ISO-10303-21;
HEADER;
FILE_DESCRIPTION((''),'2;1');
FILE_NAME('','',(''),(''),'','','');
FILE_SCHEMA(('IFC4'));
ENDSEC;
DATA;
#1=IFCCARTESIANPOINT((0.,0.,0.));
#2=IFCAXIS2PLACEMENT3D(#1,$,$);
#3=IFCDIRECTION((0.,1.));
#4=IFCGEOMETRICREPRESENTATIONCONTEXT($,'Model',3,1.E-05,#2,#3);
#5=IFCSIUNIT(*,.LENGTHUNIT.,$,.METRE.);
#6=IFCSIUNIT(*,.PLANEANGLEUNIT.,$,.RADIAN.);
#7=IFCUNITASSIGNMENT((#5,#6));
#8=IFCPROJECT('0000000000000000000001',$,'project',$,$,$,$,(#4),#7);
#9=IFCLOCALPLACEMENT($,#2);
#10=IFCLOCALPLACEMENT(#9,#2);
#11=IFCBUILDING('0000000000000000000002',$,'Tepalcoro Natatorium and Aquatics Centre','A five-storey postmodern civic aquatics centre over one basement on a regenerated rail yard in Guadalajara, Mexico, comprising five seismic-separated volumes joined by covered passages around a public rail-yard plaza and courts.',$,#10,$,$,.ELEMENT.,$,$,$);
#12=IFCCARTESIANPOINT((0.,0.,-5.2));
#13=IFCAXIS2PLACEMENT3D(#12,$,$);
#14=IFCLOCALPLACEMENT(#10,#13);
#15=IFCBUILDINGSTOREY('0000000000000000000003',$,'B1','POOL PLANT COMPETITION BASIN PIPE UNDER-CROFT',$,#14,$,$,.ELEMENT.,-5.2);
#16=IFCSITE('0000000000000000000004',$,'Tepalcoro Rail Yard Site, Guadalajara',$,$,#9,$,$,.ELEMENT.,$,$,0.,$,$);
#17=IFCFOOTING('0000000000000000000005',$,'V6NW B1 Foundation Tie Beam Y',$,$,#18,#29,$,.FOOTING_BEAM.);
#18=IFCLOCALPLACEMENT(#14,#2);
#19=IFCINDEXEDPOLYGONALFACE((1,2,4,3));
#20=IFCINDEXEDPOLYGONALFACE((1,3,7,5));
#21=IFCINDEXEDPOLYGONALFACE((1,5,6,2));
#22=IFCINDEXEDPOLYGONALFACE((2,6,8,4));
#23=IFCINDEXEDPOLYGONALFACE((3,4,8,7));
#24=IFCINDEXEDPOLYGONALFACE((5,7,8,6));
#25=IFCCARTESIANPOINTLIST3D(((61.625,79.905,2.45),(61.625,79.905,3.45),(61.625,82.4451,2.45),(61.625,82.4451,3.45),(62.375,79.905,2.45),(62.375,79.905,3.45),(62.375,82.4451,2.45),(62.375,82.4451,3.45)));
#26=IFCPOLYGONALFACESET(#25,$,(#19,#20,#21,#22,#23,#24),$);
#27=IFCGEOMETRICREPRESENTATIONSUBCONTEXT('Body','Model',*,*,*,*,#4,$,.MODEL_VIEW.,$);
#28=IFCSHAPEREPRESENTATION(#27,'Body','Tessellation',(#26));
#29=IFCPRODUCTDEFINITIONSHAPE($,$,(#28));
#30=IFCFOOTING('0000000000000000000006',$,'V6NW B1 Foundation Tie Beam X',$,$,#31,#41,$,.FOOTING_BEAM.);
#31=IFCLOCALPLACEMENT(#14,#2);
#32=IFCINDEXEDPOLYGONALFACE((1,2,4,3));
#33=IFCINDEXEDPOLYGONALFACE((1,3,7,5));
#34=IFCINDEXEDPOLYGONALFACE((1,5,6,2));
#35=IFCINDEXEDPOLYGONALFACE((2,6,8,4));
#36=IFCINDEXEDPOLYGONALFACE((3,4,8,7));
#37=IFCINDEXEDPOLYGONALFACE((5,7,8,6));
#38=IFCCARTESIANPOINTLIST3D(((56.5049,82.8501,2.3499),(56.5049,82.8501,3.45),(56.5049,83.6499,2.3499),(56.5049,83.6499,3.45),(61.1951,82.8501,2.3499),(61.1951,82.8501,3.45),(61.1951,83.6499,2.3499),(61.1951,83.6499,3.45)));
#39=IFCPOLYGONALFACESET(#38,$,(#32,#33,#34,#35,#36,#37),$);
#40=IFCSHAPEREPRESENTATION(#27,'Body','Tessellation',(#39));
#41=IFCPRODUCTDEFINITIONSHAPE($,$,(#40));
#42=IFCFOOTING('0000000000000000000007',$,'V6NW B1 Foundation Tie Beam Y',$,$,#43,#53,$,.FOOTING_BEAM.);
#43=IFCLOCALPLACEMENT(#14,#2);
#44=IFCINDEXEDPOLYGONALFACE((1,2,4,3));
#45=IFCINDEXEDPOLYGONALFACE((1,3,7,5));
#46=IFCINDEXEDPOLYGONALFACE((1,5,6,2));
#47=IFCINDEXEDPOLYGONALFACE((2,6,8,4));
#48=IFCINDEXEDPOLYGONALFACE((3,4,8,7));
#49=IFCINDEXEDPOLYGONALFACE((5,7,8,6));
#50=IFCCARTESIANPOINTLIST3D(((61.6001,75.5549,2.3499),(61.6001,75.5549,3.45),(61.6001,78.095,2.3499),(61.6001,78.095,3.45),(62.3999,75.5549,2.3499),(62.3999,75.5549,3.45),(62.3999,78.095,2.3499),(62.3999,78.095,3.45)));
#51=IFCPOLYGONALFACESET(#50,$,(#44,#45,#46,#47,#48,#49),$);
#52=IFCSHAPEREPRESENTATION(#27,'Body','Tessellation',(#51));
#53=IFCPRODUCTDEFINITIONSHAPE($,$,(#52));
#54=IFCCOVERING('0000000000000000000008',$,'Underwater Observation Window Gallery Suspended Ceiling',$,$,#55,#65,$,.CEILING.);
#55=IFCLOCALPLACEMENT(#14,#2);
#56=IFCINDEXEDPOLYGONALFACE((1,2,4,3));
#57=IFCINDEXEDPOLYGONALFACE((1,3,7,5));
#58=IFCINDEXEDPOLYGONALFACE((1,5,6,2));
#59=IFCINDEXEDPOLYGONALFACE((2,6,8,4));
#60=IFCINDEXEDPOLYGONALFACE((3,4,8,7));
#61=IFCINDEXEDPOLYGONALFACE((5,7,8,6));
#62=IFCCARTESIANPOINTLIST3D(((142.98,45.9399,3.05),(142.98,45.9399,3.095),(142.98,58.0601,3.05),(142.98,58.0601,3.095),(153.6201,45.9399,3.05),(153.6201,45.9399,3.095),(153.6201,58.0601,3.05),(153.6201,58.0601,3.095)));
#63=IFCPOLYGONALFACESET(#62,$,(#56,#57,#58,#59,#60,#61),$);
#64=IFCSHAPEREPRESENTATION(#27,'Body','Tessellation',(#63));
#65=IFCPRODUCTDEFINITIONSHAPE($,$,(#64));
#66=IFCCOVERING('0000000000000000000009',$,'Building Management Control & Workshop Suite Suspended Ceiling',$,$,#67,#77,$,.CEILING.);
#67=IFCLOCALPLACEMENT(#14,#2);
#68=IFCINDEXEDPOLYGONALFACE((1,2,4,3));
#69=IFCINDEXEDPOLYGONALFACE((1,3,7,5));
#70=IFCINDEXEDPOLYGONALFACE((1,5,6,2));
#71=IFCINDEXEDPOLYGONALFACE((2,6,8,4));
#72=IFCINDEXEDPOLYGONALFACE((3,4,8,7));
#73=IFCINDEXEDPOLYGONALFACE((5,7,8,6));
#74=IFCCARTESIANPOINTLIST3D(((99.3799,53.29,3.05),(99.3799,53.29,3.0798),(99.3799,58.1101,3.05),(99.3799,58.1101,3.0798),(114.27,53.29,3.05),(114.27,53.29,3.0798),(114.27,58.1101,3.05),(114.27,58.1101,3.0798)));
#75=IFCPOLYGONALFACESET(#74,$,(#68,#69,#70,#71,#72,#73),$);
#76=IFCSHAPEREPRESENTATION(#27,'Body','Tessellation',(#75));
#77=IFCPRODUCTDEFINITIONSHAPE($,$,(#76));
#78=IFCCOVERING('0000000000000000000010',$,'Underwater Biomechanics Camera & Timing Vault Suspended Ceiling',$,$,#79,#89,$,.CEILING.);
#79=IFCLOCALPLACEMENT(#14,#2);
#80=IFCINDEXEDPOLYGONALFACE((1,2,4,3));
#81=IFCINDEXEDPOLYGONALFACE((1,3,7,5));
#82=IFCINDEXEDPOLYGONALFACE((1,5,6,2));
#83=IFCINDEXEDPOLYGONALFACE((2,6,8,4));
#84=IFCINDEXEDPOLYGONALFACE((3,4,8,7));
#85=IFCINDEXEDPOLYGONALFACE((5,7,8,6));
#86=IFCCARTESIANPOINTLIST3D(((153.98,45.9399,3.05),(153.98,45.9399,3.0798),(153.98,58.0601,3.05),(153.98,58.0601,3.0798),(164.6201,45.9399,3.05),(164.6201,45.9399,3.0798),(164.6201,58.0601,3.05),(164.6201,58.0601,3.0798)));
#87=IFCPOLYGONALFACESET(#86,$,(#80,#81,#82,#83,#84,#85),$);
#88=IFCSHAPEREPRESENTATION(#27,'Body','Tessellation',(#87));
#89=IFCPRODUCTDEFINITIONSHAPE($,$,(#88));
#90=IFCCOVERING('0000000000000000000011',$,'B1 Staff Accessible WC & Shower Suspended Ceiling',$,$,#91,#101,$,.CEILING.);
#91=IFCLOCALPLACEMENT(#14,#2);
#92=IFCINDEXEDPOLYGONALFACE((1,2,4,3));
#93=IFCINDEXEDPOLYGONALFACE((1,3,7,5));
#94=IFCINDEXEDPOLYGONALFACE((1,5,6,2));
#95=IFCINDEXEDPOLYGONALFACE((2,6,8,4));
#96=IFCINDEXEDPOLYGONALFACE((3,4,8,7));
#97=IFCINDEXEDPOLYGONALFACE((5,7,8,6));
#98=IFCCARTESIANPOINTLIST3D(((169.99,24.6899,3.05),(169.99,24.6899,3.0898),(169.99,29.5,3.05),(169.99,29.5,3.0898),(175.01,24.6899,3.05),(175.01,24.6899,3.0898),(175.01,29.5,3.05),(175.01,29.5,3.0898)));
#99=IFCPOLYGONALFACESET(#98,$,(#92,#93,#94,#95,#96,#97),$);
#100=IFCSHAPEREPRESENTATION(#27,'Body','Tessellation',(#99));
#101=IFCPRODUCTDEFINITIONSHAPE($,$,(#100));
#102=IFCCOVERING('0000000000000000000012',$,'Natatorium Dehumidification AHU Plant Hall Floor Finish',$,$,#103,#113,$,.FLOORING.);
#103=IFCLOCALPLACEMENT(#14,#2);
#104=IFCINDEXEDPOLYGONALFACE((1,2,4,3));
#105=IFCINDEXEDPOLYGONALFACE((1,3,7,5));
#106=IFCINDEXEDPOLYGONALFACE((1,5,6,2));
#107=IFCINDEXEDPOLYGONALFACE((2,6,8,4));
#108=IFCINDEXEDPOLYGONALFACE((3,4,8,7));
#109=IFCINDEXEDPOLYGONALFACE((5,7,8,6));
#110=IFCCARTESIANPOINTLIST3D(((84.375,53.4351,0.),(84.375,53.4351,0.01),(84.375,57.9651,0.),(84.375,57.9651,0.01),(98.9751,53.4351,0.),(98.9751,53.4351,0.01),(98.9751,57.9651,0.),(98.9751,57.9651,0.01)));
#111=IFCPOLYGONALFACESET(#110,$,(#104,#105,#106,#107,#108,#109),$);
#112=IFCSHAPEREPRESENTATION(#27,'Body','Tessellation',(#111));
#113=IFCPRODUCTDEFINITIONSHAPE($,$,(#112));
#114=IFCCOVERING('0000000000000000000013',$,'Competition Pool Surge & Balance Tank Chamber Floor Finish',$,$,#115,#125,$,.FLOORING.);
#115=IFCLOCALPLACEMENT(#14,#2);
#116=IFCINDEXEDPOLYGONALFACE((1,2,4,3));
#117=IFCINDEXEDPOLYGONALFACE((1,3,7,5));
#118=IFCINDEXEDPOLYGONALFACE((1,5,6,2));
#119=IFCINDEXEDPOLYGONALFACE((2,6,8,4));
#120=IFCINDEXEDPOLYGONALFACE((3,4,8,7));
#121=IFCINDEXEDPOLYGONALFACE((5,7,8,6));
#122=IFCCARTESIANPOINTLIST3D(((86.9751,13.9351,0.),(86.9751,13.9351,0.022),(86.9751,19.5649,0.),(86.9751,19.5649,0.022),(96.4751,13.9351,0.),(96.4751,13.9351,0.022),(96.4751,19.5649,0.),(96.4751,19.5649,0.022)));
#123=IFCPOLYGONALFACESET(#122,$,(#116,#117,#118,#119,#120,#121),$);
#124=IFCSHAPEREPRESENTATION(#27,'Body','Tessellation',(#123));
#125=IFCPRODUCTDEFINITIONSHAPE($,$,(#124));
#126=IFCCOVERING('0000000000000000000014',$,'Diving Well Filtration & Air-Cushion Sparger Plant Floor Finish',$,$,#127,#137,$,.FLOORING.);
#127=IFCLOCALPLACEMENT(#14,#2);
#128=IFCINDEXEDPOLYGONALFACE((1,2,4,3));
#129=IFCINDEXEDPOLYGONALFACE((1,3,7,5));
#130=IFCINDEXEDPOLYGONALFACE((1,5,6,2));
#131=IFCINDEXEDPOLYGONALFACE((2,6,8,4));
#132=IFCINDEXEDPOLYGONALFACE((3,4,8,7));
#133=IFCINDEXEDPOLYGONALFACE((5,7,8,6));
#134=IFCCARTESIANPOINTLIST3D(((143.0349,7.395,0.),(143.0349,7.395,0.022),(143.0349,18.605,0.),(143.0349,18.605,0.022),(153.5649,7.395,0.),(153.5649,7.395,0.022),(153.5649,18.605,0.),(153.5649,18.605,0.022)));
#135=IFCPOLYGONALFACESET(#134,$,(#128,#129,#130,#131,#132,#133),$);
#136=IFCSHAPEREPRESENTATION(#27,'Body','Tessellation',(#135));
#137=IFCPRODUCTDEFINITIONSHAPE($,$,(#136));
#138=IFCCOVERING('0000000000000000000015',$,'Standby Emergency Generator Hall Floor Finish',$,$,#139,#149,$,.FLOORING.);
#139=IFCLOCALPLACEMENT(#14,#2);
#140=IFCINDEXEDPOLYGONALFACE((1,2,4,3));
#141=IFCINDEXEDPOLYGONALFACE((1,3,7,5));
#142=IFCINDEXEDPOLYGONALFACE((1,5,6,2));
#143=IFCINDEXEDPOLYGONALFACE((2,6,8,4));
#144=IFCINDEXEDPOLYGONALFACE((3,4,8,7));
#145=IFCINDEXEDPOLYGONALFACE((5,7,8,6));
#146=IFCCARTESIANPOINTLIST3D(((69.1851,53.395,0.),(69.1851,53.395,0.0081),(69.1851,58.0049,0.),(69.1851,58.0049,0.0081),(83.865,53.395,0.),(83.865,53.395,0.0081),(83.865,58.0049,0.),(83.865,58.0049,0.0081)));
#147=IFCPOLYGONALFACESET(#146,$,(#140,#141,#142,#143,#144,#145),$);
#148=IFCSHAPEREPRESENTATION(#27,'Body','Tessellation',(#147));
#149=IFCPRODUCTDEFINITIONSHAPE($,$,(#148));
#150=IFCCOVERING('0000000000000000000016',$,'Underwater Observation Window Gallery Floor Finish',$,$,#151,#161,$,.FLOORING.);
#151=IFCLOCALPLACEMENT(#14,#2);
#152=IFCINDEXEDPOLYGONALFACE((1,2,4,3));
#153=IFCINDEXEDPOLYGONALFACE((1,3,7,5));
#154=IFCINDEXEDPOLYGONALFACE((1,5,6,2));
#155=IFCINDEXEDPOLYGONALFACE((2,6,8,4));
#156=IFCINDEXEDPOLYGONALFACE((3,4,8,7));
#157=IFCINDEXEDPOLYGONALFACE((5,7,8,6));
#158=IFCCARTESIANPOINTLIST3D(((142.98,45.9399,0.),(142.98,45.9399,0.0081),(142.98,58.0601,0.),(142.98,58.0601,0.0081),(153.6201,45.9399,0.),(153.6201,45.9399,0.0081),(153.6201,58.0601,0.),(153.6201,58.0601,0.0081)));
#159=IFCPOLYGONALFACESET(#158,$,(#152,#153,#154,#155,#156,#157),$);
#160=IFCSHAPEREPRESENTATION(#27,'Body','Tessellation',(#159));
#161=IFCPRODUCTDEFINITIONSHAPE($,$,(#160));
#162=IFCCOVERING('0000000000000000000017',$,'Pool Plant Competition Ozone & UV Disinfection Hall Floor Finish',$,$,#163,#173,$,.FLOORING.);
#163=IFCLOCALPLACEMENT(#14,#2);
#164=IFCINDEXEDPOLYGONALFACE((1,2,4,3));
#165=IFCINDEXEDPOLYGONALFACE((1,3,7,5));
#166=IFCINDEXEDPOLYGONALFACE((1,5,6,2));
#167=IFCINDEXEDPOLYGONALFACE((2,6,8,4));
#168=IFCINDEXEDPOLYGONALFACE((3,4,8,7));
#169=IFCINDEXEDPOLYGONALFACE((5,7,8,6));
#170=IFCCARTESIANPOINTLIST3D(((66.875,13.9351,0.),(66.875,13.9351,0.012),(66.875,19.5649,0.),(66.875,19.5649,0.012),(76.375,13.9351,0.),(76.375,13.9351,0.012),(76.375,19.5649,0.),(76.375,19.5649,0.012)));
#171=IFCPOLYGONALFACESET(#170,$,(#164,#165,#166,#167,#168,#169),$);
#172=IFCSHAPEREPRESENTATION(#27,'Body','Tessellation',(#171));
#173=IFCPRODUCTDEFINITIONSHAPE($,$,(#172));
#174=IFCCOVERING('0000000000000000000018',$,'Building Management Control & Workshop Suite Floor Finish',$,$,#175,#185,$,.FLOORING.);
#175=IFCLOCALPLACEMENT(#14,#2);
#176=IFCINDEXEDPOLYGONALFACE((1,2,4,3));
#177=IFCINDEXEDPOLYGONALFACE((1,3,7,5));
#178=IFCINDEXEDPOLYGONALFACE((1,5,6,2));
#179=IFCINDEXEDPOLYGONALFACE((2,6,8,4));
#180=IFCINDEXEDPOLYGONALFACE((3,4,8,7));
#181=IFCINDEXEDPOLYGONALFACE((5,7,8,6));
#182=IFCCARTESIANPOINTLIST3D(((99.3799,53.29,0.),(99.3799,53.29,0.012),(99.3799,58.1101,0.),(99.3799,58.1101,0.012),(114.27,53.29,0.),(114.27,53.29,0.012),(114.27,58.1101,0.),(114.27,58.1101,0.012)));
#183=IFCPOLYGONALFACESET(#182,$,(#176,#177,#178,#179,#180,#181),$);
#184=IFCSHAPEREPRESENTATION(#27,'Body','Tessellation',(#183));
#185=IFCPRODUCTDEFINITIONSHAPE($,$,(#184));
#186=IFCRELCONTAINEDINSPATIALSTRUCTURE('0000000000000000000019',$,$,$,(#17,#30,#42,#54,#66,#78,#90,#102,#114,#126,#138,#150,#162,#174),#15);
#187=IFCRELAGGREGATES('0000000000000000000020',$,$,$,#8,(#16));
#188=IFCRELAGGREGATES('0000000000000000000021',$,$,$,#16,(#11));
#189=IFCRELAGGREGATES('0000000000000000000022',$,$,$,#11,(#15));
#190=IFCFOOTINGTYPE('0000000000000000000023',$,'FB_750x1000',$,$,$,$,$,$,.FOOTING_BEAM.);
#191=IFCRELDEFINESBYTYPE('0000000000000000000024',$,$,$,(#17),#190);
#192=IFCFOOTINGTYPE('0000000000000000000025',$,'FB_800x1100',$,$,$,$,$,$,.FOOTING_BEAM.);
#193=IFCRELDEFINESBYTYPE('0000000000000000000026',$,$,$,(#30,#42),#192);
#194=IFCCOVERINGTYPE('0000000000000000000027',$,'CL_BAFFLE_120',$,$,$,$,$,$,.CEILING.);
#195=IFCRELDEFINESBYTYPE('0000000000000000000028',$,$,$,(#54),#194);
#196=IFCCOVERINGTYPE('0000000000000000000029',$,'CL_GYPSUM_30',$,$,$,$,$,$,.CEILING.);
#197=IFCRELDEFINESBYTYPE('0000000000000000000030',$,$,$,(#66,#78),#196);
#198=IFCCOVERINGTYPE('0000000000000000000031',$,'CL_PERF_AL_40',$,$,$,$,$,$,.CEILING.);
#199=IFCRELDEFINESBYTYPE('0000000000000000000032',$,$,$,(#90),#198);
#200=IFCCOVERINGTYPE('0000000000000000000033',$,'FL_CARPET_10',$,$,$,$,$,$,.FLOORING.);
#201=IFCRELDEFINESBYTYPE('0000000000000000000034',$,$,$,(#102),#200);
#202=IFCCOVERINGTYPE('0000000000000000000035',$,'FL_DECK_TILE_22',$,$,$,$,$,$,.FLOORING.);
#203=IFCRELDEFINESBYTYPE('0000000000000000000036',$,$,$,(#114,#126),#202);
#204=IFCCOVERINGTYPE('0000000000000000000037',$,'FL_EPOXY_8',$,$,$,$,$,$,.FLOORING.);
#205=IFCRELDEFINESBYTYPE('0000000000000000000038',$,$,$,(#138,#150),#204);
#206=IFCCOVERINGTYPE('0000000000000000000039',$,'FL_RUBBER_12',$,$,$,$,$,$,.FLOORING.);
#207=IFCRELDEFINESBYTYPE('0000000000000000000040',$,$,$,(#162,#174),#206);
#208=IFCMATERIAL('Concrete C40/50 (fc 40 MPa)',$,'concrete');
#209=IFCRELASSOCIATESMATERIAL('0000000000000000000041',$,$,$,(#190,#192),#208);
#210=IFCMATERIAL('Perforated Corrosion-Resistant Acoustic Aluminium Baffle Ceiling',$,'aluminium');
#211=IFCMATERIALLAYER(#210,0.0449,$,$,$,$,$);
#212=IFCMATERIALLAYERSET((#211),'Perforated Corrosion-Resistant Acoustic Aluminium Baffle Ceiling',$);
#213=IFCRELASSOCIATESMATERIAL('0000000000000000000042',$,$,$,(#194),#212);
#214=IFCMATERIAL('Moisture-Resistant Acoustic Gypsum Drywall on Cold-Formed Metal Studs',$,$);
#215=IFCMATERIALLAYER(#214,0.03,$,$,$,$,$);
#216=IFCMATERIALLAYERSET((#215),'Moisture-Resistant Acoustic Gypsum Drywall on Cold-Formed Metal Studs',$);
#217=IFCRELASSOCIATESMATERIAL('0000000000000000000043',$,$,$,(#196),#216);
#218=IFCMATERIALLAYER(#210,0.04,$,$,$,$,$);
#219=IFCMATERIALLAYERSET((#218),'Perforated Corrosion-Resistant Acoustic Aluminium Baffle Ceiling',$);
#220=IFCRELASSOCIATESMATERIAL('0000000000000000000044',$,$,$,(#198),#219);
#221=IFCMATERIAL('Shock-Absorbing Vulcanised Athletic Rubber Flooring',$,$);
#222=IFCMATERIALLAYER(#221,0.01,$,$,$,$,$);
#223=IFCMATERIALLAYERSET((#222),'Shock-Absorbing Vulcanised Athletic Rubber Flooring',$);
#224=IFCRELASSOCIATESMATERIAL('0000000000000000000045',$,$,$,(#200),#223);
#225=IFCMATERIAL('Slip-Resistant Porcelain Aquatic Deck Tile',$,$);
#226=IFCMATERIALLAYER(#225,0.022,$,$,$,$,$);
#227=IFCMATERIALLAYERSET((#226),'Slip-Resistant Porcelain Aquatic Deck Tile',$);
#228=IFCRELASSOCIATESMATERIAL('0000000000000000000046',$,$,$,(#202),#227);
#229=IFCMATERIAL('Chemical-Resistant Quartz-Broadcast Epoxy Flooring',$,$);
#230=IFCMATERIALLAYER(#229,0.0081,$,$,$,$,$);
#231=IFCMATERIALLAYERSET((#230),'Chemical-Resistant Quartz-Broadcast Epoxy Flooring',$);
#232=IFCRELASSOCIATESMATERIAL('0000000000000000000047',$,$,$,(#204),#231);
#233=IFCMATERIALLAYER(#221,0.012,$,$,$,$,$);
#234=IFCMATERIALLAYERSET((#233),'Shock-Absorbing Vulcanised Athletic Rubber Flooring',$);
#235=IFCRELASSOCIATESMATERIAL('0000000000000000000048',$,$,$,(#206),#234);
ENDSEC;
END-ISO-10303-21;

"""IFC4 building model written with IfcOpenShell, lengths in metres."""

from ifc_helpers import new_model, si_unit, direction, frame, origin, place, context, subcontext, project, spatial, polyline, outline, extrude, material, layer, layer_set, type_object, element, save


model = new_model("IFC4")

# Units and contexts
model_context = context("Model", 3, precision=1e-05, world=origin(), true_north=direction((0.0, 1.0)))
body_context = subcontext(model_context, "Body", "Model", "MODEL_VIEW")
ifc_project = project(units=[si_unit("LENGTHUNIT", "METRE"), si_unit("PLANEANGLEUNIT", "RADIAN")], contexts=[model_context])

# Site, building, storey
site_placement = place(None, origin())
site = spatial("IfcSite", under=ifc_project, at=site_placement, Name="Tepalcoro Rail Yard Site, Guadalajara", CompositionType="ELEMENT", RefElevation=0.0)
building_placement = place(site_placement, origin())
building = spatial("IfcBuilding", under=site, at=building_placement, Name="Tepalcoro Natatorium and Aquatics Centre", Description="A five-storey postmodern civic aquatics centre over one basement on a regenerated rail yard in Guadalajara, Mexico, comprising five seismic-separated volumes joined by covered passages around a public rail-yard plaza and courts.", CompositionType="ELEMENT")
storey_placement = place(building_placement, frame((0.0, 0.0, -5.2)))
storey = spatial("IfcBuildingStorey", under=building, at=storey_placement, Name="B1", Description="POOL PLANT COMPETITION BASIN PIPE UNDER-CROFT", CompositionType="ELEMENT", Elevation=-5.2)

# Footings
ifc_material_1 = material(Name="Concrete C40/50 (fc 40 MPa)", Category="concrete")
footing_type_1 = type_object("IfcFootingType", Name="FB_750x1000", PredefinedType="FOOTING_BEAM", material=ifc_material_1)
footing_1_placement = place(storey_placement, frame((0.0, 0.0, 2.45)))
element("IfcFooting", 1, at=footing_1_placement, inside=storey, type_object=footing_type_1, Name="V6NW B1 Foundation Tie Beam Y", PredefinedType="FOOTING_BEAM", context=body_context, shape_type="SweptSolid", body=[
    extrude(outline(polyline([(62.375, 79.905), (62.375, 82.4451), (61.625, 82.4451), (61.625, 79.905), (62.375, 79.905)])), origin(), (0.0, 0.0, 1.0), 1.0),
])
footing_type_2 = type_object("IfcFootingType", Name="FB_800x1100", PredefinedType="FOOTING_BEAM", material=ifc_material_1)
footing_2_placement = place(storey_placement, frame((0.0, 0.0, 2.3499)))
element("IfcFooting", 2, at=footing_2_placement, inside=storey, type_object=footing_type_2, Name="V6NW B1 Foundation Tie Beam X", PredefinedType="FOOTING_BEAM", context=body_context, shape_type="SweptSolid", body=[
    extrude(outline(polyline([(56.5049, 82.8501), (61.1951, 82.8501), (61.1951, 83.6499), (56.5049, 83.6499), (56.5049, 82.8501)])), origin(), (0.0, 0.0, 1.0), 1.1001),
])
footing_3_placement = place(storey_placement, frame((0.0, 0.0, 2.3499)))
element("IfcFooting", 3, at=footing_3_placement, inside=storey, type_object=footing_type_2, Name="V6NW B1 Foundation Tie Beam Y", PredefinedType="FOOTING_BEAM", context=body_context, shape_type="SweptSolid", body=[
    extrude(outline(polyline([(62.3999, 75.5549), (62.3999, 78.095), (61.6001, 78.095), (61.6001, 75.5549), (62.3999, 75.5549)])), origin(), (0.0, 0.0, 1.0), 1.1001),
])

# Coverings
ifc_material_2 = material(Name="Perforated Corrosion-Resistant Acoustic Aluminium Baffle Ceiling", Category="aluminium")
ifc_layer_1 = layer(ifc_material_2, 0.0449)
ifc_layer_set_1 = layer_set([ifc_layer_1], Name="Perforated Corrosion-Resistant Acoustic Aluminium Baffle Ceiling")
covering_type_1 = type_object("IfcCoveringType", Name="CL_BAFFLE_120", PredefinedType="CEILING", material=ifc_layer_set_1)
covering_1_placement = place(storey_placement, frame((0.0, 0.0, 3.05)))
element("IfcCovering", 4, at=covering_1_placement, inside=storey, type_object=covering_type_1, Name="Underwater Observation Window Gallery Suspended Ceiling", PredefinedType="CEILING", context=body_context, shape_type="SweptSolid", body=[
    extrude(outline(polyline([(142.98, 45.9399), (142.98, 58.0601), (153.6201, 58.0601), (153.6201, 45.9399), (142.98, 45.9399)])), origin(), (0.0, 0.0, 1.0), 0.0449),
])
ifc_material_3 = material(Name="Moisture-Resistant Acoustic Gypsum Drywall on Cold-Formed Metal Studs")
ifc_layer_2 = layer(ifc_material_3, 0.03)
ifc_layer_set_2 = layer_set([ifc_layer_2], Name="Moisture-Resistant Acoustic Gypsum Drywall on Cold-Formed Metal Studs")
covering_type_2 = type_object("IfcCoveringType", Name="CL_GYPSUM_30", PredefinedType="CEILING", material=ifc_layer_set_2)
covering_2_placement = place(storey_placement, frame((0.0, 0.0, 3.05)))
element("IfcCovering", 5, at=covering_2_placement, inside=storey, type_object=covering_type_2, Name="Building Management Control & Workshop Suite Suspended Ceiling", PredefinedType="CEILING", context=body_context, shape_type="SweptSolid", body=[
    extrude(outline(polyline([(99.3799, 53.29), (99.3799, 58.1101), (114.27, 58.1101), (114.27, 53.29), (99.3799, 53.29)])), origin(), (0.0, 0.0, 1.0), 0.0298),
])
covering_3_placement = place(storey_placement, frame((0.0, 0.0, 3.05)))
element("IfcCovering", 6, at=covering_3_placement, inside=storey, type_object=covering_type_2, Name="Underwater Biomechanics Camera & Timing Vault Suspended Ceiling", PredefinedType="CEILING", context=body_context, shape_type="SweptSolid", body=[
    extrude(outline(polyline([(153.98, 45.9399), (153.98, 58.0601), (164.6201, 58.0601), (164.6201, 45.9399), (153.98, 45.9399)])), origin(), (0.0, 0.0, 1.0), 0.0298),
])
ifc_layer_3 = layer(ifc_material_2, 0.04)
ifc_layer_set_3 = layer_set([ifc_layer_3], Name="Perforated Corrosion-Resistant Acoustic Aluminium Baffle Ceiling")
covering_type_3 = type_object("IfcCoveringType", Name="CL_PERF_AL_40", PredefinedType="CEILING", material=ifc_layer_set_3)
covering_4_placement = place(storey_placement, frame((0.0, 0.0, 3.05)))
element("IfcCovering", 7, at=covering_4_placement, inside=storey, type_object=covering_type_3, Name="B1 Staff Accessible WC & Shower Suspended Ceiling", PredefinedType="CEILING", context=body_context, shape_type="SweptSolid", body=[
    extrude(outline(polyline([(175.01, 24.6899), (169.99, 24.6899), (169.99, 29.5), (175.01, 29.5), (175.01, 24.6899)])), origin(), (0.0, 0.0, 1.0), 0.0398),
])
ifc_material_4 = material(Name="Shock-Absorbing Vulcanised Athletic Rubber Flooring")
ifc_layer_4 = layer(ifc_material_4, 0.01)
ifc_layer_set_4 = layer_set([ifc_layer_4], Name="Shock-Absorbing Vulcanised Athletic Rubber Flooring")
covering_type_4 = type_object("IfcCoveringType", Name="FL_CARPET_10", PredefinedType="FLOORING", material=ifc_layer_set_4)
covering_5_placement = place(storey_placement, origin())
element("IfcCovering", 8, at=covering_5_placement, inside=storey, type_object=covering_type_4, Name="Natatorium Dehumidification AHU Plant Hall Floor Finish", PredefinedType="FLOORING", context=body_context, shape_type="SweptSolid", body=[
    extrude(outline(polyline([(84.375, 53.4351), (84.375, 57.9651), (98.9751, 57.9651), (98.9751, 53.4351), (84.375, 53.4351)])), origin(), (0.0, 0.0, 1.0), 0.01),
])
ifc_material_5 = material(Name="Slip-Resistant Porcelain Aquatic Deck Tile")
ifc_layer_5 = layer(ifc_material_5, 0.022)
ifc_layer_set_5 = layer_set([ifc_layer_5], Name="Slip-Resistant Porcelain Aquatic Deck Tile")
covering_type_5 = type_object("IfcCoveringType", Name="FL_DECK_TILE_22", PredefinedType="FLOORING", material=ifc_layer_set_5)
covering_6_placement = place(storey_placement, origin())
element("IfcCovering", 9, at=covering_6_placement, inside=storey, type_object=covering_type_5, Name="Competition Pool Surge & Balance Tank Chamber Floor Finish", PredefinedType="FLOORING", context=body_context, shape_type="SweptSolid", body=[
    extrude(outline(polyline([(86.9751, 13.9351), (86.9751, 19.5649), (96.4751, 19.5649), (96.4751, 13.9351), (86.9751, 13.9351)])), origin(), (0.0, 0.0, 1.0), 0.022),
])
covering_7_placement = place(storey_placement, origin())
element("IfcCovering", 10, at=covering_7_placement, inside=storey, type_object=covering_type_5, Name="Diving Well Filtration & Air-Cushion Sparger Plant Floor Finish", PredefinedType="FLOORING", context=body_context, shape_type="SweptSolid", body=[
    extrude(outline(polyline([(143.0349, 7.395), (143.0349, 18.605), (153.5649, 18.605), (153.5649, 7.395), (143.0349, 7.395)])), origin(), (0.0, 0.0, 1.0), 0.022),
])
ifc_material_6 = material(Name="Chemical-Resistant Quartz-Broadcast Epoxy Flooring")
ifc_layer_6 = layer(ifc_material_6, 0.0081)
ifc_layer_set_6 = layer_set([ifc_layer_6], Name="Chemical-Resistant Quartz-Broadcast Epoxy Flooring")
covering_type_6 = type_object("IfcCoveringType", Name="FL_EPOXY_8", PredefinedType="FLOORING", material=ifc_layer_set_6)
covering_8_placement = place(storey_placement, origin())
element("IfcCovering", 11, at=covering_8_placement, inside=storey, type_object=covering_type_6, Name="Standby Emergency Generator Hall Floor Finish", PredefinedType="FLOORING", context=body_context, shape_type="SweptSolid", body=[
    extrude(outline(polyline([(69.1851, 53.395), (69.1851, 58.0049), (83.865, 58.0049), (83.865, 53.395), (69.1851, 53.395)])), origin(), (0.0, 0.0, 1.0), 0.0081),
])
covering_9_placement = place(storey_placement, origin())
element("IfcCovering", 12, at=covering_9_placement, inside=storey, type_object=covering_type_6, Name="Underwater Observation Window Gallery Floor Finish", PredefinedType="FLOORING", context=body_context, shape_type="SweptSolid", body=[
    extrude(outline(polyline([(142.98, 45.9399), (142.98, 58.0601), (153.6201, 58.0601), (153.6201, 45.9399), (142.98, 45.9399)])), origin(), (0.0, 0.0, 1.0), 0.0081),
])
ifc_layer_7 = layer(ifc_material_4, 0.012)
ifc_layer_set_7 = layer_set([ifc_layer_7], Name="Shock-Absorbing Vulcanised Athletic Rubber Flooring")
covering_type_7 = type_object("IfcCoveringType", Name="FL_RUBBER_12", PredefinedType="FLOORING", material=ifc_layer_set_7)
covering_10_placement = place(storey_placement, origin())
element("IfcCovering", 13, at=covering_10_placement, inside=storey, type_object=covering_type_7, Name="Pool Plant Competition Ozone & UV Disinfection Hall Floor Finish", PredefinedType="FLOORING", context=body_context, shape_type="SweptSolid", body=[
    extrude(outline(polyline([(66.875, 13.9351), (66.875, 19.5649), (76.375, 19.5649), (76.375, 13.9351), (66.875, 13.9351)])), origin(), (0.0, 0.0, 1.0), 0.012),
])
covering_11_placement = place(storey_placement, origin())
element("IfcCovering", 14, at=covering_11_placement, inside=storey, type_object=covering_type_7, Name="Building Management Control & Workshop Suite Floor Finish", PredefinedType="FLOORING", context=body_context, shape_type="SweptSolid", body=[
    extrude(outline(polyline([(99.3799, 53.29), (99.3799, 58.1101), (114.27, 58.1101), (114.27, 53.29), (99.3799, 53.29)])), origin(), (0.0, 0.0, 1.0), 0.012),
])

save(model, "model.ifc")
